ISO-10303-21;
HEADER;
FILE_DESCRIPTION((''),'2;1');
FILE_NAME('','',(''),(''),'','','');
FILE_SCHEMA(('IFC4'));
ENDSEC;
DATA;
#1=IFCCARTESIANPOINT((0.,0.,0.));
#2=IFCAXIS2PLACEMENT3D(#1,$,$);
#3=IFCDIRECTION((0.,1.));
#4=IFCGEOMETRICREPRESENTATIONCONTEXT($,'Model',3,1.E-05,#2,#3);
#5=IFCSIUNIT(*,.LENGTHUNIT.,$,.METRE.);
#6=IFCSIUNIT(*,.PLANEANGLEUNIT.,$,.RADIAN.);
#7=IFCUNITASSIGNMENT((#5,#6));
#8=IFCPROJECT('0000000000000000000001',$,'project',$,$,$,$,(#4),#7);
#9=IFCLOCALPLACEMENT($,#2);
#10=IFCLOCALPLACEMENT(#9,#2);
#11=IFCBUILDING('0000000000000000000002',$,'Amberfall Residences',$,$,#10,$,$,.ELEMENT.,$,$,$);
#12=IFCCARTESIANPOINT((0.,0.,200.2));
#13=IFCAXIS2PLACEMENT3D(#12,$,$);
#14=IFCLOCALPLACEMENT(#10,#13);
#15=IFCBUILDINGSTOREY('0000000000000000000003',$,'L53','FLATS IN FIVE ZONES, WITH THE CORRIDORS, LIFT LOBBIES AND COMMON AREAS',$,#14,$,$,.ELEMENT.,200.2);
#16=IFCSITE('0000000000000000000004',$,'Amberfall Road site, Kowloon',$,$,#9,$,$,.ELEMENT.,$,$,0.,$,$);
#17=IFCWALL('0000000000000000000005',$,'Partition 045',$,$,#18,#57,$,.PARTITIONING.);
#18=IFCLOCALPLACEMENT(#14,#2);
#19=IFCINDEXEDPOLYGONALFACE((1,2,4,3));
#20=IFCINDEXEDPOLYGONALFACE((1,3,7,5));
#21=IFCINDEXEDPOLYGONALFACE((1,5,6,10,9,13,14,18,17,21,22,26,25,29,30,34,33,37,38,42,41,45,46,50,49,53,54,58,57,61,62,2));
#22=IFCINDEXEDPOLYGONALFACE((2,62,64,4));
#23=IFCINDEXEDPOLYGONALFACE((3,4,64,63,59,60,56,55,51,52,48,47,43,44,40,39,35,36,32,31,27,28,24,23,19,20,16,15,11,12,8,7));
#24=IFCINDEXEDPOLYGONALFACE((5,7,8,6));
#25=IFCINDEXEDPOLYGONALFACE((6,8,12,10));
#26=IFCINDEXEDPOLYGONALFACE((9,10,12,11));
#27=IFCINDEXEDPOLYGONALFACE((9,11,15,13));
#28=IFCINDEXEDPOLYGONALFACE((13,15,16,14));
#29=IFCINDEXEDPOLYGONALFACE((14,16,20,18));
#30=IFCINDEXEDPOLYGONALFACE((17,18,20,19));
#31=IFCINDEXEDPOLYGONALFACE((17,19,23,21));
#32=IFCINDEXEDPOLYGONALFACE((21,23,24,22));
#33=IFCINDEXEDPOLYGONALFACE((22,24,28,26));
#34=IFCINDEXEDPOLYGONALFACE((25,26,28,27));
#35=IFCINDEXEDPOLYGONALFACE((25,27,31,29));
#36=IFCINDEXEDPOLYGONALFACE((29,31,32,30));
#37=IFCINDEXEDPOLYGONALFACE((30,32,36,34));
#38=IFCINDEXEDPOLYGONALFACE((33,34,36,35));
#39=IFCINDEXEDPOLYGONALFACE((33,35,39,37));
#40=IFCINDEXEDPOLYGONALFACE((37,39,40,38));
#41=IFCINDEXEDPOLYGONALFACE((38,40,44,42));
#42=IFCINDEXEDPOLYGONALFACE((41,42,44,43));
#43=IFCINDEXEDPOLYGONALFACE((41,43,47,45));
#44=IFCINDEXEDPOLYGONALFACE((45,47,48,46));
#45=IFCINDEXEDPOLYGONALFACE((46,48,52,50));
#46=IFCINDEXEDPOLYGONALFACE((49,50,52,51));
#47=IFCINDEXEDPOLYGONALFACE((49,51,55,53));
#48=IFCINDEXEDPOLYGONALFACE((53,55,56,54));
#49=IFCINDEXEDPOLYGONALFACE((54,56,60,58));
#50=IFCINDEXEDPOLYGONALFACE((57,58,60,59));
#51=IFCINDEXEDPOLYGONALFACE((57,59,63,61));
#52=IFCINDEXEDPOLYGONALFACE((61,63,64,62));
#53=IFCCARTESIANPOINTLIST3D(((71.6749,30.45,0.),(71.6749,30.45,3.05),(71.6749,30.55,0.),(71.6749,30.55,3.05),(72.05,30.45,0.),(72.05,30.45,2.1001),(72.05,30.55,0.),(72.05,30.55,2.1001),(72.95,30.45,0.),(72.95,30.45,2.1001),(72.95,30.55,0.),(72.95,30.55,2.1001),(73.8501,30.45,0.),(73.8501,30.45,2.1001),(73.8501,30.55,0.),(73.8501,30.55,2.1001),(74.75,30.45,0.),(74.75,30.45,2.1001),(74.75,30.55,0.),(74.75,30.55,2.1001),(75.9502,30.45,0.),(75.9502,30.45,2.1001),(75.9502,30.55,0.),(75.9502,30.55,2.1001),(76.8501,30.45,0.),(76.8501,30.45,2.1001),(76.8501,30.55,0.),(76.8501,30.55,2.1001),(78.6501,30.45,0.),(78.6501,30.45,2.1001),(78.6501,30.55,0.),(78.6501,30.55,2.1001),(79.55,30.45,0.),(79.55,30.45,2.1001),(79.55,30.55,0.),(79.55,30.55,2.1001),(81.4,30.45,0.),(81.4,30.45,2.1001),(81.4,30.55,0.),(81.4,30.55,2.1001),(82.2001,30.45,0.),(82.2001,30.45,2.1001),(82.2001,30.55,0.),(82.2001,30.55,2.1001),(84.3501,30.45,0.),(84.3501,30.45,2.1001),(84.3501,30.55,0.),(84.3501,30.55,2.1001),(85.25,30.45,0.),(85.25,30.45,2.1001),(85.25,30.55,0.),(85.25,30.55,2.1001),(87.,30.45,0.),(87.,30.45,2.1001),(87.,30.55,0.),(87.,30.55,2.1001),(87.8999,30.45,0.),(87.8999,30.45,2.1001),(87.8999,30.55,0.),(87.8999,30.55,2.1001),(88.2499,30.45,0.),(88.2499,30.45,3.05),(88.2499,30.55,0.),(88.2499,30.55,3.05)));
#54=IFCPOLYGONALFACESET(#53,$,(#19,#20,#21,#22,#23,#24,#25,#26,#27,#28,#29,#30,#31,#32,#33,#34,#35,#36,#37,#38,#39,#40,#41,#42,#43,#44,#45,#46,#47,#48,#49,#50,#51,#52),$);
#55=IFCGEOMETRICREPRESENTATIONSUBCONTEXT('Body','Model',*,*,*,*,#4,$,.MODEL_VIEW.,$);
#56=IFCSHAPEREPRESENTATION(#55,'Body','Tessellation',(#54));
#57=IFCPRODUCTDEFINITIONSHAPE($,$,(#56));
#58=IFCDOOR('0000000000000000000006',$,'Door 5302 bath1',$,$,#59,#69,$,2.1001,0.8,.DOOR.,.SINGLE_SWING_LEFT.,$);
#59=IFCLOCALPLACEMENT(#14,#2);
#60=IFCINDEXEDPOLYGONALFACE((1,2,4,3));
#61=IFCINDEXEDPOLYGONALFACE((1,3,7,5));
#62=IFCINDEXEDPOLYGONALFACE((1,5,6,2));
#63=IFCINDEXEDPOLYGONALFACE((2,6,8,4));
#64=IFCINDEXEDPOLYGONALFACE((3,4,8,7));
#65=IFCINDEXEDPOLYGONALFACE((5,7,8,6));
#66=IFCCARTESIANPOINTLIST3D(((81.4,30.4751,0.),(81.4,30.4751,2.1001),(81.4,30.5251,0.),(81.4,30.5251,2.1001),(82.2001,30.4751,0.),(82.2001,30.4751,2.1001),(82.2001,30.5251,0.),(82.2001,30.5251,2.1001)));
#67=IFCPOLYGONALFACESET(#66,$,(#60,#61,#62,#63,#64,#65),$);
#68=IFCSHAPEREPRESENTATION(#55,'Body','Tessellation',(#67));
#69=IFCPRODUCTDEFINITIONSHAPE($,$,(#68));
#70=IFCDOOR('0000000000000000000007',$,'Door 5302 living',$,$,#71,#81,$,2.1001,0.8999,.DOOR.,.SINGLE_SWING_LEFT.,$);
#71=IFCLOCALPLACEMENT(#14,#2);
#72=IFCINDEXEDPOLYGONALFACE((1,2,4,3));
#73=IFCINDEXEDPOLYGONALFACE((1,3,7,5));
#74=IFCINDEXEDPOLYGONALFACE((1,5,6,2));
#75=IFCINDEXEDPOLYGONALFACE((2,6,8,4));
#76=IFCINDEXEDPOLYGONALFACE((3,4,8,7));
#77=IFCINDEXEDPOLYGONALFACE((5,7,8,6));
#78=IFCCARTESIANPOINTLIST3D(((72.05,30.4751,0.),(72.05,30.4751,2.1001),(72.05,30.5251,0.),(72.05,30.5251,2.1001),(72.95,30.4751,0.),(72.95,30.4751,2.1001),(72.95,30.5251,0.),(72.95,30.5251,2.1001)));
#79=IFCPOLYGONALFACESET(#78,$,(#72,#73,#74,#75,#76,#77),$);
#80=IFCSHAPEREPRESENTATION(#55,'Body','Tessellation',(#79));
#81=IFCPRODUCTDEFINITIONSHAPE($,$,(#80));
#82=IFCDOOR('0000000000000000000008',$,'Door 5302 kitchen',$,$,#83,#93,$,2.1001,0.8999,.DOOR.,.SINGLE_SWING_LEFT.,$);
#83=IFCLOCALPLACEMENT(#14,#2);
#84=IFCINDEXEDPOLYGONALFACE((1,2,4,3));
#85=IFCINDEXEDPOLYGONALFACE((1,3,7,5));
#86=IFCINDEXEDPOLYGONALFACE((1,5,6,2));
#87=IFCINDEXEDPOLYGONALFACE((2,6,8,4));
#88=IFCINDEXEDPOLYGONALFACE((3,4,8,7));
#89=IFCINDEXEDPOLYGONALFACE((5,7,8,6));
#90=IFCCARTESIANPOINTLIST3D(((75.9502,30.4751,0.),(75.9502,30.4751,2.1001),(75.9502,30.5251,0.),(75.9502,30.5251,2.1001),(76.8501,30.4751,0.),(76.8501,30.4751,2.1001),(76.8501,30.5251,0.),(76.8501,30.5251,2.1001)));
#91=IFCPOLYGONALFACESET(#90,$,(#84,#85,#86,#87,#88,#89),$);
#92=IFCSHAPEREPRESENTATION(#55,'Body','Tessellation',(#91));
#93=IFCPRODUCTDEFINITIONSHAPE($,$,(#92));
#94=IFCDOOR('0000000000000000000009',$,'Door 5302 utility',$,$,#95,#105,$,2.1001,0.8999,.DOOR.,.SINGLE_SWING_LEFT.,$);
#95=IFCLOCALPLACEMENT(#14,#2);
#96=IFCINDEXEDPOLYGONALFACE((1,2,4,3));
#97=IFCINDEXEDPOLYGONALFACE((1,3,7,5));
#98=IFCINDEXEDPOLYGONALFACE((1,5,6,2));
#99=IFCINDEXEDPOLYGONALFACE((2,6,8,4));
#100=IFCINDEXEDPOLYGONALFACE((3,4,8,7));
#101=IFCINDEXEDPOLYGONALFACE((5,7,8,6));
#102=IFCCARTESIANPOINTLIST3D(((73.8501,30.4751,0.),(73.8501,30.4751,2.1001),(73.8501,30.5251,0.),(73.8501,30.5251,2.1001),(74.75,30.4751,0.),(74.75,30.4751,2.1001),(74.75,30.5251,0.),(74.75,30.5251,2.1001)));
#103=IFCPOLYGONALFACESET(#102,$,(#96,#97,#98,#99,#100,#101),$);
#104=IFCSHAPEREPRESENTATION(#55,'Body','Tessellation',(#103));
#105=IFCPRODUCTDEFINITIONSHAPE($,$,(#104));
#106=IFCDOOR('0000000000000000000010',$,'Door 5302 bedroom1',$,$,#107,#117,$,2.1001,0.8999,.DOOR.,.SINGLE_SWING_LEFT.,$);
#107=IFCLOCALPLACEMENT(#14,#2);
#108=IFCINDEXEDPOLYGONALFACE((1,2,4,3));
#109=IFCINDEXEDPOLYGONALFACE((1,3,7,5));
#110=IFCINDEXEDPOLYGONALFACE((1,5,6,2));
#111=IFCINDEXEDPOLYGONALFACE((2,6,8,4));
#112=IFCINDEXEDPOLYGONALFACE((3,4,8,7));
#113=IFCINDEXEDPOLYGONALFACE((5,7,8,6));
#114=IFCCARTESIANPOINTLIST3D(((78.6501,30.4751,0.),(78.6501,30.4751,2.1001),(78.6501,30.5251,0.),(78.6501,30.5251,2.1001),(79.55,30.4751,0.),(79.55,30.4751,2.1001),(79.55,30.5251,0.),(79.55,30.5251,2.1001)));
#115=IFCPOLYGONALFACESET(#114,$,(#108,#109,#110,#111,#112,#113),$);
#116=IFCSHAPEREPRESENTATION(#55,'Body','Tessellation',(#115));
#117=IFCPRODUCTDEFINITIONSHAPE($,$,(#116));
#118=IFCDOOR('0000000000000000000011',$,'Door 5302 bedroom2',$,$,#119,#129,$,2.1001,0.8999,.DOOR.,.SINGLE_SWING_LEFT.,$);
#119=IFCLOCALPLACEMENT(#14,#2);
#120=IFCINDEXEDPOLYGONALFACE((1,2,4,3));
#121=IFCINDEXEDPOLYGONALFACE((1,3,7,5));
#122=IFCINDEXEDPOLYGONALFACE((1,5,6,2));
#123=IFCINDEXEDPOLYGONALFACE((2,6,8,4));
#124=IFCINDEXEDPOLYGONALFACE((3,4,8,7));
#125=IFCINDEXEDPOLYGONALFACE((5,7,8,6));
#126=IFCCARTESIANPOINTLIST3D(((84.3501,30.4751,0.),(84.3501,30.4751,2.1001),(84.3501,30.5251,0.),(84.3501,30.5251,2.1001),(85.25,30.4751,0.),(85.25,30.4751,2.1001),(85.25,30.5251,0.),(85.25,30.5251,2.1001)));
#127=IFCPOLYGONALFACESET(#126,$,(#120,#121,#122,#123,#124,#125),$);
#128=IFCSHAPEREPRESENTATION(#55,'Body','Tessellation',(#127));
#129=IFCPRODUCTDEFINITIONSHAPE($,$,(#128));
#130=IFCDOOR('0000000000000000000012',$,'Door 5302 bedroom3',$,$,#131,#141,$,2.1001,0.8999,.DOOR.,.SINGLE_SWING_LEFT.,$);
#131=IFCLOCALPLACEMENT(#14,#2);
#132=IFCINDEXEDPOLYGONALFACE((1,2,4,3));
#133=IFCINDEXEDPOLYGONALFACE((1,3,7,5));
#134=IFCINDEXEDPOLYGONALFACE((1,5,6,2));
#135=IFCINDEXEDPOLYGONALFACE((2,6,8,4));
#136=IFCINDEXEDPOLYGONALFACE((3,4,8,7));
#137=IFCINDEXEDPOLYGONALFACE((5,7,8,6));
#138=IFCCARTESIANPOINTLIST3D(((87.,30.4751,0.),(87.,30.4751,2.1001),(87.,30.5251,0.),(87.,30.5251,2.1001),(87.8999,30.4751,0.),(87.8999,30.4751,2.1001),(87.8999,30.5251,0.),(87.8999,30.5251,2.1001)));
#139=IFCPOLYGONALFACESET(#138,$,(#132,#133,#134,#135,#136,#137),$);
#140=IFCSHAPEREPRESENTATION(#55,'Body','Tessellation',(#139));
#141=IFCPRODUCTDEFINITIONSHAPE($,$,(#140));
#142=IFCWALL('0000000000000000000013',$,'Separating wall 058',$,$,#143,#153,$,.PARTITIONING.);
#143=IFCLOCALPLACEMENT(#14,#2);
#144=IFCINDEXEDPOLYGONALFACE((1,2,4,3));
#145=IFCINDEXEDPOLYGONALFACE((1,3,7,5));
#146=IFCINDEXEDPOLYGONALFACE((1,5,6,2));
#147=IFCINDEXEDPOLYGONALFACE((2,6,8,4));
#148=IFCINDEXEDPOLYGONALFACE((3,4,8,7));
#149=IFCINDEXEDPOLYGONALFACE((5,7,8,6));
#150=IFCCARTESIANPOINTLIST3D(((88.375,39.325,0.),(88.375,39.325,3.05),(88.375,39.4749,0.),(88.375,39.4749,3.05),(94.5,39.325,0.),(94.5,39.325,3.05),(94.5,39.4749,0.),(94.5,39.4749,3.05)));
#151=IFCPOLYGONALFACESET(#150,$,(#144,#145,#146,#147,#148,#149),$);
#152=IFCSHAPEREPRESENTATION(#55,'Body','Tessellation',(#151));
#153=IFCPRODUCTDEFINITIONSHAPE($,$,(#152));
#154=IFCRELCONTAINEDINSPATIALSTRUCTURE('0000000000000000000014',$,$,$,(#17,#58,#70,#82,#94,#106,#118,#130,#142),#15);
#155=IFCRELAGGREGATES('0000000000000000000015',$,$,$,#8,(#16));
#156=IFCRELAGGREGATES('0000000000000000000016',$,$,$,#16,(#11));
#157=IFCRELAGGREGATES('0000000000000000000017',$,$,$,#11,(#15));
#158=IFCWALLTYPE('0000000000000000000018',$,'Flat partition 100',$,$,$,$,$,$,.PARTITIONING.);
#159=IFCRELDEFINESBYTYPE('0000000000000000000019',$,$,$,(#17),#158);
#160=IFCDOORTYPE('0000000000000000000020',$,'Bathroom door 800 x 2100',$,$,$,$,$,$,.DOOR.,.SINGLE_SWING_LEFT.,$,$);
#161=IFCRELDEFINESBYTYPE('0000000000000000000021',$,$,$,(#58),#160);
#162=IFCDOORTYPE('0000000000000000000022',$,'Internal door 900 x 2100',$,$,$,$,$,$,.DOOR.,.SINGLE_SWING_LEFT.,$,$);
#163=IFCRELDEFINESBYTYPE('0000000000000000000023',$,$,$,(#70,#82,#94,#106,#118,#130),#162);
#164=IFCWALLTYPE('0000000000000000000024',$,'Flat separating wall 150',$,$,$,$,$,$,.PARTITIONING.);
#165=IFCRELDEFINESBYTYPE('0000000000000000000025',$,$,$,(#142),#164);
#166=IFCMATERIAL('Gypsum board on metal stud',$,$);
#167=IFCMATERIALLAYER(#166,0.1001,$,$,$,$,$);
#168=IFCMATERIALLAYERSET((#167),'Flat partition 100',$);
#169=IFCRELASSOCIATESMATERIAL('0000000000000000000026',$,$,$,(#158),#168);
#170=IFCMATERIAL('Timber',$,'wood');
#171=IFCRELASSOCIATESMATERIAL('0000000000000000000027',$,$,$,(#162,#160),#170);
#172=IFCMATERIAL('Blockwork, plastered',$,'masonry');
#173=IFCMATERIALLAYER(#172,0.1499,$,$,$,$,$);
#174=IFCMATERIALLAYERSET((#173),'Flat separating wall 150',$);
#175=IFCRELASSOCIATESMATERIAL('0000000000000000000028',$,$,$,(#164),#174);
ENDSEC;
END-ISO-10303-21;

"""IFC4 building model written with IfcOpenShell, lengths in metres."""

from ifc_helpers import new_model, si_unit, direction, frame, frame_2d, origin, place, context, subcontext, project, spatial, rectangle, extrude, material, layer, layer_set, type_object, element, fill, save


model = new_model("IFC4")

# Units and contexts
model_context = context("Model", 3, precision=1e-05, world=origin(), true_north=direction((0.0, 1.0)))
body_context = subcontext(model_context, "Body", "Model", "MODEL_VIEW")
ifc_project = project(units=[si_unit("LENGTHUNIT", "METRE"), si_unit("PLANEANGLEUNIT", "RADIAN")], contexts=[model_context])

# Site, building, storey
site_placement = place(None, origin())
site = spatial("IfcSite", under=ifc_project, at=site_placement, Name="Amberfall Road site, Kowloon", CompositionType="ELEMENT", RefElevation=0.0)
building_placement = place(site_placement, origin())
building = spatial("IfcBuilding", under=site, at=building_placement, Name="Amberfall Residences", CompositionType="ELEMENT")
storey_placement = place(building_placement, frame((0.0, 0.0, 200.2)))
storey = spatial("IfcBuildingStorey", under=building, at=storey_placement, Name="L53", Description="FLATS IN FIVE ZONES, WITH THE CORRIDORS, LIFT LOBBIES AND COMMON AREAS", CompositionType="ELEMENT", Elevation=200.2)

# Shared definitions
ifc_material_1 = material(Name="Gypsum board on metal stud")
ifc_layer_1 = layer(ifc_material_1, 0.1001)
ifc_layer_set_1 = layer_set([ifc_layer_1], Name="Flat partition 100")
wall_type_1 = type_object("IfcWallType", Name="Flat partition 100", PredefinedType="PARTITIONING", material=ifc_layer_set_1)

# Wall, openings, doors
ifc_material_2 = material(Name="Timber", Category="wood")
door_type_1 = type_object("IfcDoorType", Name="Internal door 900 x 2100", OperationType="SINGLE_SWING_LEFT", PredefinedType="DOOR", material=ifc_material_2)
wall_1_placement = place(storey_placement, frame((88.25, 30.5, 0.0), z_axis=(0.0, 0.0, 1.0), x_axis=(-1.0, 0.0, 0.0)))
wall_1 = element("IfcWall", 1, at=wall_1_placement, inside=storey, type_object=wall_type_1, Name="Partition 045", PredefinedType="PARTITIONING", context=body_context, shape_type="SweptSolid", body=[
    extrude(rectangle(XDim=16.575, YDim=0.1001, at=frame_2d((8.2876, 0.0))), origin(), (0.0, 0.0, 1.0), 3.05),
])
opening_1_placement = place(wall_1_placement, frame((15.3, 0.0, 0.0)))
opening_1 = element("IfcOpeningElement", 2, at=opening_1_placement, cuts=wall_1, PredefinedType="OPENING", context=body_context, shape_type="SweptSolid", body=[
    extrude(rectangle(XDim=0.8999, YDim=2.1001, at=frame_2d((0.45, 1.05))), frame((0.0, 0.0601, 0.0), z_axis=(0.0, -1.0, 0.0), x_axis=(1.0, 0.0, 0.0)), (0.0, 0.0, 1.0), 0.1201),
])
opening_2_placement = place(wall_1_placement, frame((11.3999, 0.0, 0.0)))
opening_2 = element("IfcOpeningElement", 3, at=opening_2_placement, cuts=wall_1, PredefinedType="OPENING", context=body_context, shape_type="SweptSolid", body=[
    extrude(rectangle(XDim=0.8999, YDim=2.1001, at=frame_2d((0.45, 1.05))), frame((0.0, 0.0601, 0.0), z_axis=(0.0, -1.0, 0.0), x_axis=(1.0, 0.0, 0.0)), (0.0, 0.0, 1.0), 0.1201),
])
opening_3_placement = place(wall_1_placement, frame((13.5, 0.0, 0.0)))
opening_3 = element("IfcOpeningElement", 4, at=opening_3_placement, cuts=wall_1, PredefinedType="OPENING", context=body_context, shape_type="SweptSolid", body=[
    extrude(rectangle(XDim=0.8999, YDim=2.1001, at=frame_2d((0.45, 1.05))), frame((0.0, 0.0601, 0.0), z_axis=(0.0, -1.0, 0.0), x_axis=(1.0, 0.0, 0.0)), (0.0, 0.0, 1.0), 0.1201),
])
opening_4_placement = place(wall_1_placement, frame((8.7, 0.0, 0.0)))
opening_4 = element("IfcOpeningElement", 5, at=opening_4_placement, cuts=wall_1, PredefinedType="OPENING", context=body_context, shape_type="SweptSolid", body=[
    extrude(rectangle(XDim=0.8999, YDim=2.1001, at=frame_2d((0.45, 1.05))), frame((0.0, 0.0601, 0.0), z_axis=(0.0, -1.0, 0.0), x_axis=(1.0, 0.0, 0.0)), (0.0, 0.0, 1.0), 0.1201),
])
opening_5_placement = place(wall_1_placement, frame((3.0, 0.0, 0.0)))
opening_5 = element("IfcOpeningElement", 6, at=opening_5_placement, cuts=wall_1, PredefinedType="OPENING", context=body_context, shape_type="SweptSolid", body=[
    extrude(rectangle(XDim=0.8999, YDim=2.1001, at=frame_2d((0.45, 1.05))), frame((0.0, 0.0601, 0.0), z_axis=(0.0, -1.0, 0.0), x_axis=(1.0, 0.0, 0.0)), (0.0, 0.0, 1.0), 0.1201),
])
opening_6_placement = place(wall_1_placement, frame((0.3501, 0.0, 0.0)))
opening_6 = element("IfcOpeningElement", 7, at=opening_6_placement, cuts=wall_1, PredefinedType="OPENING", context=body_context, shape_type="SweptSolid", body=[
    extrude(rectangle(XDim=0.8999, YDim=2.1001, at=frame_2d((0.45, 1.05))), frame((0.0, 0.0601, 0.0), z_axis=(0.0, -1.0, 0.0), x_axis=(1.0, 0.0, 0.0)), (0.0, 0.0, 1.0), 0.1201),
])
opening_7_placement = place(wall_1_placement, frame((6.05, 0.0, 0.0)))
opening_7 = element("IfcOpeningElement", 8, at=opening_7_placement, cuts=wall_1, PredefinedType="OPENING", context=body_context, shape_type="SweptSolid", body=[
    extrude(rectangle(XDim=0.8, YDim=2.1001, at=frame_2d((0.3999, 1.05))), frame((0.0, 0.0601, 0.0), z_axis=(0.0, -1.0, 0.0), x_axis=(1.0, 0.0, 0.0)), (0.0, 0.0, 1.0), 0.1201),
])
door_type_2 = type_object("IfcDoorType", Name="Bathroom door 800 x 2100", OperationType="SINGLE_SWING_LEFT", PredefinedType="DOOR", material=ifc_material_2)
door_1_placement = place(opening_7_placement, origin())
door_1 = element("IfcDoor", 9, at=door_1_placement, inside=storey, type_object=door_type_2, Name="Door 5302 bath1", OperationType="SINGLE_SWING_LEFT", OverallHeight=2.1001, OverallWidth=0.8, PredefinedType="DOOR", context=body_context, shape_type="SweptSolid", body=[
    extrude(rectangle(XDim=0.8, YDim=2.1001, at=frame_2d((0.3999, 1.05))), frame((0.0, 0.0249, 0.0), z_axis=(0.0, -1.0, 0.0), x_axis=(1.0, 0.0, 0.0)), (0.0, 0.0, 1.0), 0.05),
])
fill(opening_7, door_1)
door_2_placement = place(opening_1_placement, origin())
door_2 = element("IfcDoor", 10, at=door_2_placement, inside=storey, type_object=door_type_1, Name="Door 5302 living", OperationType="SINGLE_SWING_LEFT", OverallHeight=2.1001, OverallWidth=0.8999, PredefinedType="DOOR", context=body_context, shape_type="SweptSolid", body=[
    extrude(rectangle(XDim=0.8999, YDim=2.1001, at=frame_2d((0.45, 1.05))), frame((0.0, 0.0249, 0.0), z_axis=(0.0, -1.0, 0.0), x_axis=(1.0, 0.0, 0.0)), (0.0, 0.0, 1.0), 0.05),
])
fill(opening_1, door_2)
door_3_placement = place(opening_2_placement, origin())
door_3 = element("IfcDoor", 11, at=door_3_placement, inside=storey, type_object=door_type_1, Name="Door 5302 kitchen", OperationType="SINGLE_SWING_LEFT", OverallHeight=2.1001, OverallWidth=0.8999, PredefinedType="DOOR", context=body_context, shape_type="SweptSolid", body=[
    extrude(rectangle(XDim=0.8999, YDim=2.1001, at=frame_2d((0.45, 1.05))), frame((0.0, 0.0249, 0.0), z_axis=(0.0, -1.0, 0.0), x_axis=(1.0, 0.0, 0.0)), (0.0, 0.0, 1.0), 0.05),
])
fill(opening_2, door_3)
door_4_placement = place(opening_3_placement, origin())
door_4 = element("IfcDoor", 12, at=door_4_placement, inside=storey, type_object=door_type_1, Name="Door 5302 utility", OperationType="SINGLE_SWING_LEFT", OverallHeight=2.1001, OverallWidth=0.8999, PredefinedType="DOOR", context=body_context, shape_type="SweptSolid", body=[
    extrude(rectangle(XDim=0.8999, YDim=2.1001, at=frame_2d((0.45, 1.05))), frame((0.0, 0.0249, 0.0), z_axis=(0.0, -1.0, 0.0), x_axis=(1.0, 0.0, 0.0)), (0.0, 0.0, 1.0), 0.05),
])
fill(opening_3, door_4)
door_5_placement = place(opening_4_placement, origin())
door_5 = element("IfcDoor", 13, at=door_5_placement, inside=storey, type_object=door_type_1, Name="Door 5302 bedroom1", OperationType="SINGLE_SWING_LEFT", OverallHeight=2.1001, OverallWidth=0.8999, PredefinedType="DOOR", context=body_context, shape_type="SweptSolid", body=[
    extrude(rectangle(XDim=0.8999, YDim=2.1001, at=frame_2d((0.45, 1.05))), frame((0.0, 0.0249, 0.0), z_axis=(0.0, -1.0, 0.0), x_axis=(1.0, 0.0, 0.0)), (0.0, 0.0, 1.0), 0.05),
])
fill(opening_4, door_5)
door_6_placement = place(opening_5_placement, origin())
door_6 = element("IfcDoor", 14, at=door_6_placement, inside=storey, type_object=door_type_1, Name="Door 5302 bedroom2", OperationType="SINGLE_SWING_LEFT", OverallHeight=2.1001, OverallWidth=0.8999, PredefinedType="DOOR", context=body_context, shape_type="SweptSolid", body=[
    extrude(rectangle(XDim=0.8999, YDim=2.1001, at=frame_2d((0.45, 1.05))), frame((0.0, 0.0249, 0.0), z_axis=(0.0, -1.0, 0.0), x_axis=(1.0, 0.0, 0.0)), (0.0, 0.0, 1.0), 0.05),
])
fill(opening_5, door_6)
door_7_placement = place(opening_6_placement, origin())
door_7 = element("IfcDoor", 15, at=door_7_placement, inside=storey, type_object=door_type_1, Name="Door 5302 bedroom3", OperationType="SINGLE_SWING_LEFT", OverallHeight=2.1001, OverallWidth=0.8999, PredefinedType="DOOR", context=body_context, shape_type="SweptSolid", body=[
    extrude(rectangle(XDim=0.8999, YDim=2.1001, at=frame_2d((0.45, 1.05))), frame((0.0, 0.0249, 0.0), z_axis=(0.0, -1.0, 0.0), x_axis=(1.0, 0.0, 0.0)), (0.0, 0.0, 1.0), 0.05),
])
fill(opening_6, door_7)

# Wall
ifc_material_3 = material(Name="Blockwork, plastered", Category="masonry")
ifc_layer_2 = layer(ifc_material_3, 0.1499)
ifc_layer_set_2 = layer_set([ifc_layer_2], Name="Flat separating wall 150")
wall_type_2 = type_object("IfcWallType", Name="Flat separating wall 150", PredefinedType="PARTITIONING", material=ifc_layer_set_2)
wall_2_placement = place(storey_placement, frame((88.375, 39.3999, 0.0), z_axis=(0.0, 0.0, 1.0), x_axis=(1.0, 0.0, 0.0)))
element("IfcWall", 16, at=wall_2_placement, inside=storey, type_object=wall_type_2, Name="Separating wall 058", PredefinedType="PARTITIONING", context=body_context, shape_type="SweptSolid", body=[
    extrude(rectangle(XDim=6.125, YDim=0.1499, at=frame_2d((3.0625, 0.0))), origin(), (0.0, 0.0, 1.0), 3.05),
])

save(model, "model.ifc")
